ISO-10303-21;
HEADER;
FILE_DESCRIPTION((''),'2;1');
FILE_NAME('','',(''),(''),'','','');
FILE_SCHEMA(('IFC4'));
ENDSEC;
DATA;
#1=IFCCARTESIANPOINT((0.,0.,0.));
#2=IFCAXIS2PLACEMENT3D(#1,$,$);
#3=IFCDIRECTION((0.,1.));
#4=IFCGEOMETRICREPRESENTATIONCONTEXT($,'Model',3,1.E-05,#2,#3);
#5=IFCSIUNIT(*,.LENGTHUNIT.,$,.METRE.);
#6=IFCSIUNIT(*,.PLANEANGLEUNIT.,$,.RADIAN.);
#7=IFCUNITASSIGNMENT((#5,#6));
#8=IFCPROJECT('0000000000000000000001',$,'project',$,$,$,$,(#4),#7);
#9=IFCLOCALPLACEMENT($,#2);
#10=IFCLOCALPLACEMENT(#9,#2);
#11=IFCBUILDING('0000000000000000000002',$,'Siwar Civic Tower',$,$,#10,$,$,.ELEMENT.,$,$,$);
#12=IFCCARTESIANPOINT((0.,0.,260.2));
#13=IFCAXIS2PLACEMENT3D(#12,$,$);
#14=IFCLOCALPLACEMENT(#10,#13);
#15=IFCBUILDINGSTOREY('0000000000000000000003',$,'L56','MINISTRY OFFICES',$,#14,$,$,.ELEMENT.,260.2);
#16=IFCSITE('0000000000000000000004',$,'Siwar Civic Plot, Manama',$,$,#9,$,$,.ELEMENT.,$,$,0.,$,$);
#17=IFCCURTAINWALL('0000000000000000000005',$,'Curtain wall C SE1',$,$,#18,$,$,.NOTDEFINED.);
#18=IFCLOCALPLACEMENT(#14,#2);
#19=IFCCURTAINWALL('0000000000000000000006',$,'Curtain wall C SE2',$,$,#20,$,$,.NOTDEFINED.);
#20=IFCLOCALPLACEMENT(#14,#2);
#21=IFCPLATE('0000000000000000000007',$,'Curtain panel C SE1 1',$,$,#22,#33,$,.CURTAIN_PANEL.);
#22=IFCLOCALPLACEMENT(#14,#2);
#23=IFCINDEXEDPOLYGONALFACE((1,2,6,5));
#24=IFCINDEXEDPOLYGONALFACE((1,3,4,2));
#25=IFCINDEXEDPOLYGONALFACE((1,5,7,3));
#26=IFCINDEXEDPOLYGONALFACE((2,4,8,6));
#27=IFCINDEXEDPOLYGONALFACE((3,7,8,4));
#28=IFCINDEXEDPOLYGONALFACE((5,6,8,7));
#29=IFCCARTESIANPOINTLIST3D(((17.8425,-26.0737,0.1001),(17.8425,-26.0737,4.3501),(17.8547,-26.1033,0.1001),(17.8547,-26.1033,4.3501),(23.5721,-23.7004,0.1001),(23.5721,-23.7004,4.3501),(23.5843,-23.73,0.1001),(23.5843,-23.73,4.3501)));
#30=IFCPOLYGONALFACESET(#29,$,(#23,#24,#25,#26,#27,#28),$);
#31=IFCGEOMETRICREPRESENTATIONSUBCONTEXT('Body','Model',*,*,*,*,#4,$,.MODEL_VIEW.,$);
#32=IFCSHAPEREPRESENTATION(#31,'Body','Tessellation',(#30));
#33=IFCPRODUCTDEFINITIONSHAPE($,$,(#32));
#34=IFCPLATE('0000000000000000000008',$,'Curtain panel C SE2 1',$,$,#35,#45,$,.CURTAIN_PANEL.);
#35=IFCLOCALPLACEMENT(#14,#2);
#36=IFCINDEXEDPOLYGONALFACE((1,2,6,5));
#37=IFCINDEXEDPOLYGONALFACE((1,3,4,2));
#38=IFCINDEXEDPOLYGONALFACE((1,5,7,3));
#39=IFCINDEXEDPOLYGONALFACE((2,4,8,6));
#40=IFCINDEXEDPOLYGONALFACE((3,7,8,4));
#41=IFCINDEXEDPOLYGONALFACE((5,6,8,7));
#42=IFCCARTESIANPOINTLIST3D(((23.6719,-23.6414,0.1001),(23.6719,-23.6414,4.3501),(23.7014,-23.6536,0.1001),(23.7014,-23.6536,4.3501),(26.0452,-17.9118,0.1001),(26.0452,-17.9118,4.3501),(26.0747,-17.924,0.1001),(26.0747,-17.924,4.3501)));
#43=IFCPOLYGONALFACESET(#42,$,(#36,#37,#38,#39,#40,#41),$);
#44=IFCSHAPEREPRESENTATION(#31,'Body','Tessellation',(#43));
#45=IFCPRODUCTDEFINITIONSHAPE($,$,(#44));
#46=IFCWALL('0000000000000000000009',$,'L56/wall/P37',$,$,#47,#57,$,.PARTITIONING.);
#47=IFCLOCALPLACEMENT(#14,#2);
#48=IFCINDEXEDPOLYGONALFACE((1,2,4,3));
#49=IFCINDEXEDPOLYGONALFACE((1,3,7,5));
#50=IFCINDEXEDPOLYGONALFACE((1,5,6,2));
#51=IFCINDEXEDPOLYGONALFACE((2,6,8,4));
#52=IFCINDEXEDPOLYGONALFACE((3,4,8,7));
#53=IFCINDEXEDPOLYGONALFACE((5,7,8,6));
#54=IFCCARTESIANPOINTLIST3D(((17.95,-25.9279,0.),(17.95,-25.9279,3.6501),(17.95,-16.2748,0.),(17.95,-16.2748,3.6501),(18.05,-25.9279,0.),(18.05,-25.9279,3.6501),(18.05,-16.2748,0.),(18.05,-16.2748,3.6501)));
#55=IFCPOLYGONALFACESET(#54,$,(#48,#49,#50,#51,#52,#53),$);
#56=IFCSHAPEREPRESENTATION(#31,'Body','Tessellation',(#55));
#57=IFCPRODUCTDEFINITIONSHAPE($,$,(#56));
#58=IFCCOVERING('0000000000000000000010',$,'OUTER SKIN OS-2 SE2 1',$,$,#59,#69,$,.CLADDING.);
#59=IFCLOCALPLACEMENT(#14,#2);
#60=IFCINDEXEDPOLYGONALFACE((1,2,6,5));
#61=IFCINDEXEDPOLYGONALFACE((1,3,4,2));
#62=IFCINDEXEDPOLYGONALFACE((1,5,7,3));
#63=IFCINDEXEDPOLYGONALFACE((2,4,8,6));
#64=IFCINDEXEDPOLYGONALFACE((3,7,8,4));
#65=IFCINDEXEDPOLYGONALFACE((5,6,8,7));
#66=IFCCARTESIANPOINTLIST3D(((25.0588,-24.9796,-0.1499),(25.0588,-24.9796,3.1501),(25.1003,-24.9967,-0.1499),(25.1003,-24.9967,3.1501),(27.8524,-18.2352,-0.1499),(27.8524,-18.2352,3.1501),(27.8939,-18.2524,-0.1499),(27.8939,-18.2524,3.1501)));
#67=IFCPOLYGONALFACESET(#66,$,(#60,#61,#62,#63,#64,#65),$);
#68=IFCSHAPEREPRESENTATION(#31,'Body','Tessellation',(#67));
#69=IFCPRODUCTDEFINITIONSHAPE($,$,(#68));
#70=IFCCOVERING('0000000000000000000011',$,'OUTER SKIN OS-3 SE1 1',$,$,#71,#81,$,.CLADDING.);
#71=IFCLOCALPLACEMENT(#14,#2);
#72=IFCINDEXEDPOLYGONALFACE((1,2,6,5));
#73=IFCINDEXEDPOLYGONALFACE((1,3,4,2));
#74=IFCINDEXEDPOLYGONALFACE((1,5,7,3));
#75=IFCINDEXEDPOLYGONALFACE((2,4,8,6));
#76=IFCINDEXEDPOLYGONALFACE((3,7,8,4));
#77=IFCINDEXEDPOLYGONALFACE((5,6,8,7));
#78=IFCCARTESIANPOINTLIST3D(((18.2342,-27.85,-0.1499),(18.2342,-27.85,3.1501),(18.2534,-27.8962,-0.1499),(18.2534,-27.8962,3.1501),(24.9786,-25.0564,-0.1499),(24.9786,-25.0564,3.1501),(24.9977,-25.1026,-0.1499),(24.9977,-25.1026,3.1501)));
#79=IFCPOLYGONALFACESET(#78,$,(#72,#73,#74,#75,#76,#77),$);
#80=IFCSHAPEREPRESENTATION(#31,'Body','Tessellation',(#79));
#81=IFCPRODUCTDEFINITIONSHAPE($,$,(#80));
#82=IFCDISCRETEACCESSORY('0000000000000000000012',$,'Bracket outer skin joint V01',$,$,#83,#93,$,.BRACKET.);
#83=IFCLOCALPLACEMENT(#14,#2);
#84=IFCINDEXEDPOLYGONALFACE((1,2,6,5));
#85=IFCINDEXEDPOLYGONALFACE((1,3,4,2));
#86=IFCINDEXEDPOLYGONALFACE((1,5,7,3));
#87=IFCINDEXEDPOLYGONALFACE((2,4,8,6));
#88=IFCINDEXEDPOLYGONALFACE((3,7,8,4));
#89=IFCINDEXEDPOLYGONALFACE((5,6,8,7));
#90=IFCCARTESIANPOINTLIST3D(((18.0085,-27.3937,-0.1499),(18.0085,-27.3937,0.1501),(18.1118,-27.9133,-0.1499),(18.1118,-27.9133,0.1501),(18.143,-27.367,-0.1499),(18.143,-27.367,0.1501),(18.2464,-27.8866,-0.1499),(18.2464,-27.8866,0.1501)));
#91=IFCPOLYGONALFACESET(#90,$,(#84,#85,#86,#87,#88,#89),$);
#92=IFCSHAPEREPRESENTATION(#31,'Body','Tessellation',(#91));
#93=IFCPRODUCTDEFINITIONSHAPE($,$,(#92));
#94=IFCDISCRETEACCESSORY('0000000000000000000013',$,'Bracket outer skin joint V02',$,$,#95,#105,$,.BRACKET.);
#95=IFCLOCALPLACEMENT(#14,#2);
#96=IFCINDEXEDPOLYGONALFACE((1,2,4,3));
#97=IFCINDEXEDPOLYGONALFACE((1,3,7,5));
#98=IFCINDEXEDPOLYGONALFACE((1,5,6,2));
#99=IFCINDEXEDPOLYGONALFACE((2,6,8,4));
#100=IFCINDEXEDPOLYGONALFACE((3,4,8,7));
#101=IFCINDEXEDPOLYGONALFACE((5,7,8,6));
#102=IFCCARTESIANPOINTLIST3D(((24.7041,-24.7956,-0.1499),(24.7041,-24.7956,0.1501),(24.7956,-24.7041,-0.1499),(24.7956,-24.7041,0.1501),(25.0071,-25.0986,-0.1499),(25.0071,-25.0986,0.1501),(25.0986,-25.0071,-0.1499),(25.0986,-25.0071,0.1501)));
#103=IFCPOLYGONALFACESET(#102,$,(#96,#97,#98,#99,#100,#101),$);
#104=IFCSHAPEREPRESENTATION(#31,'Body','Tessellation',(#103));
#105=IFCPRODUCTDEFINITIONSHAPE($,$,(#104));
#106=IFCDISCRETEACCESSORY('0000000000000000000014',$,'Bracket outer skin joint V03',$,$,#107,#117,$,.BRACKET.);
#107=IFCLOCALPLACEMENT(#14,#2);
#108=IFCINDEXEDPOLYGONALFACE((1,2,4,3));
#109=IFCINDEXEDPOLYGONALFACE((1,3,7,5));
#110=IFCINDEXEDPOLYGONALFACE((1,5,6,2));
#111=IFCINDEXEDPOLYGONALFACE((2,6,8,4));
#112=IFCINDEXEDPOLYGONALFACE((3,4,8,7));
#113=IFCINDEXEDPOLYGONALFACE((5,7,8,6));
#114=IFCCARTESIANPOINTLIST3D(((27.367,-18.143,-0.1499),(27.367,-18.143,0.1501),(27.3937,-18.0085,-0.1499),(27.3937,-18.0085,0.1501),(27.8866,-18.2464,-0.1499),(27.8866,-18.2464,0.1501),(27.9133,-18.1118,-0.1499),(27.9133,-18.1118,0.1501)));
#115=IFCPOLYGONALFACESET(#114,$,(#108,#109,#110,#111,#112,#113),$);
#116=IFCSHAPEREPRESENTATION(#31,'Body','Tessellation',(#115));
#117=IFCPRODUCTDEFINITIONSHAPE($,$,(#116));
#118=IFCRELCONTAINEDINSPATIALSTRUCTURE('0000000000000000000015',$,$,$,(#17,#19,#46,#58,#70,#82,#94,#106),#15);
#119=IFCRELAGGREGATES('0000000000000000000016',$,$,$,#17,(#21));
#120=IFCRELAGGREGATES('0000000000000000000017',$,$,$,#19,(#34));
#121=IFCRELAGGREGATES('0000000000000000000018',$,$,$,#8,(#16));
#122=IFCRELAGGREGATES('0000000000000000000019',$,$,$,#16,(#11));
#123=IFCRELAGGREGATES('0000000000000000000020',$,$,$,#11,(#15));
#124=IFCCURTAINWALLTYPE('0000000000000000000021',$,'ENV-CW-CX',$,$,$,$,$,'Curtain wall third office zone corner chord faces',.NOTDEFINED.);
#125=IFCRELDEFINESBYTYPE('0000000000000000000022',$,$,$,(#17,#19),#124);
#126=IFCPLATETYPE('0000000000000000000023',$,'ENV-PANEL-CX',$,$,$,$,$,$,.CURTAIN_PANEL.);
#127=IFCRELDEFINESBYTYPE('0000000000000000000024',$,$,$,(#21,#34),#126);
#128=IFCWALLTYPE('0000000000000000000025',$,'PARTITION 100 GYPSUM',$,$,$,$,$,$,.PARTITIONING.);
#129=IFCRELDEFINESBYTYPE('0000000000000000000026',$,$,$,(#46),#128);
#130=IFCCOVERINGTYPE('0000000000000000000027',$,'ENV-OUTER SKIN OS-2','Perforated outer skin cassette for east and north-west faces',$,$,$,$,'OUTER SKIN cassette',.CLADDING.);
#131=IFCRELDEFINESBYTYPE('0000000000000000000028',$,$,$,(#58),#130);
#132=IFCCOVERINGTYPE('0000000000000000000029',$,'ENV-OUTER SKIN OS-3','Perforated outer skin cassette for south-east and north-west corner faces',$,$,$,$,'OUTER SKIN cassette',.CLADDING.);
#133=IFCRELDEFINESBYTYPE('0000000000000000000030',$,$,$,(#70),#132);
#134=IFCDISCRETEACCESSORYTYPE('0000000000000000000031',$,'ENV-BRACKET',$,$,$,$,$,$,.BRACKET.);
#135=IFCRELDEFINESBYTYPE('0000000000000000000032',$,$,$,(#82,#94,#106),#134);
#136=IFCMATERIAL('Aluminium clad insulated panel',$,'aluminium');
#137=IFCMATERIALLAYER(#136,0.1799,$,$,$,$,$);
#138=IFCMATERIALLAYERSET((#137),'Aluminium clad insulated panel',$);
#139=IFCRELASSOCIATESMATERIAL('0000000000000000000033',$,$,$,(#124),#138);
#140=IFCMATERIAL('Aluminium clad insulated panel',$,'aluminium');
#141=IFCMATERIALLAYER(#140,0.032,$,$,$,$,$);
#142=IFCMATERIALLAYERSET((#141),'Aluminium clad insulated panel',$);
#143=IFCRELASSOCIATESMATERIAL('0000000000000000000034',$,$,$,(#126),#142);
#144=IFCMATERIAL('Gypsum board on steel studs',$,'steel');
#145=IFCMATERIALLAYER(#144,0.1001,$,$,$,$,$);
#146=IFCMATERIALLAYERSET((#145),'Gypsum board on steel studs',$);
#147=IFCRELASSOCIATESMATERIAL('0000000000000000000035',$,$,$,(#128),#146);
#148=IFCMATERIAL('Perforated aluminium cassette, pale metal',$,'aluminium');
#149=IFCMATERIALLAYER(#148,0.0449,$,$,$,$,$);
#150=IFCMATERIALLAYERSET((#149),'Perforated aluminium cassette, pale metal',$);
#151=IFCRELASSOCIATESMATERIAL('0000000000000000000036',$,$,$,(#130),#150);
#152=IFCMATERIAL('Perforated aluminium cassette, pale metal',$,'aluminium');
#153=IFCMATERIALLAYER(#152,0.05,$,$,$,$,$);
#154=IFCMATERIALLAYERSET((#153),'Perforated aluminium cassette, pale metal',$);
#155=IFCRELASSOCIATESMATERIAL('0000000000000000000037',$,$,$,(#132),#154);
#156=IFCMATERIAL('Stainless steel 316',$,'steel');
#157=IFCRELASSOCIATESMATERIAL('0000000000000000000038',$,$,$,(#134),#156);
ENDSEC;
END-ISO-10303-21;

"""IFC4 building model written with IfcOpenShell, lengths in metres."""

from ifc_helpers import new_model, si_unit, direction, frame, frame_2d, origin, origin_2d, place, context, subcontext, project, spatial, rectangle, extrude, material, layer, layer_set, type_object, element, aggregate, save


model = new_model("IFC4")

# Units and contexts
model_context = context("Model", 3, precision=1e-05, world=origin(), true_north=direction((0.0, 1.0)))
body_context = subcontext(model_context, "Body", "Model", "MODEL_VIEW")
ifc_project = project(units=[si_unit("LENGTHUNIT", "METRE"), si_unit("PLANEANGLEUNIT", "RADIAN")], contexts=[model_context])

# Site, building, storey
site_placement = place(None, origin())
site = spatial("IfcSite", under=ifc_project, at=site_placement, Name="Siwar Civic Plot, Manama", CompositionType="ELEMENT", RefElevation=0.0)
building_placement = place(site_placement, origin())
building = spatial("IfcBuilding", under=site, at=building_placement, Name="Siwar Civic Tower", CompositionType="ELEMENT")
storey_placement = place(building_placement, frame((0.0, 0.0, 260.2)))
storey = spatial("IfcBuildingStorey", under=building, at=storey_placement, Name="L56", Description="MINISTRY OFFICES", CompositionType="ELEMENT", Elevation=260.2)

# Curtain walls
ifc_material_1 = material(Name="Aluminium clad insulated panel", Category="aluminium")
ifc_layer_1 = layer(ifc_material_1, 0.1799)
ifc_layer_set_1 = layer_set([ifc_layer_1], Name="Aluminium clad insulated panel")
curtain_wall_type = type_object("IfcCurtainWallType", Name="ENV-CW-CX", ElementType="Curtain wall third office zone corner chord faces", PredefinedType="NOTDEFINED", material=ifc_layer_set_1)
curtain_wall_1_placement = place(storey_placement, origin())
curtain_wall_1 = element("IfcCurtainWall", 1, at=curtain_wall_1_placement, inside=storey, type_object=curtain_wall_type, Name="Curtain wall C SE1", PredefinedType="NOTDEFINED")
curtain_wall_2_placement = place(storey_placement, origin())
curtain_wall_2 = element("IfcCurtainWall", 2, at=curtain_wall_2_placement, inside=storey, type_object=curtain_wall_type, Name="Curtain wall C SE2", PredefinedType="NOTDEFINED")

# Plates
ifc_material_2 = material(Name="Aluminium clad insulated panel", Category="aluminium")
ifc_layer_2 = layer(ifc_material_2, 0.032)
ifc_layer_set_2 = layer_set([ifc_layer_2], Name="Aluminium clad insulated panel")
plate_type = type_object("IfcPlateType", Name="ENV-PANEL-CX", PredefinedType="CURTAIN_PANEL", material=ifc_layer_set_2)
plate_1_placement = place(storey_placement, frame((20.7134, -24.9019, 0.1001), z_axis=(0.0, 0.0, 1.0), x_axis=(0.92388, 0.382683, 0.0)))
plate_1 = element("IfcPlate", 3, at=plate_1_placement, type_object=plate_type, Name="Curtain panel C SE1 1", PredefinedType="CURTAIN_PANEL", context=body_context, shape_type="SweptSolid", body=[
    extrude(rectangle(XDim=6.2017, YDim=0.032, at=origin_2d()), origin(), (0.0, 0.0, 1.0), 4.25),
])
aggregate(curtain_wall_1, [plate_1])
plate_2_placement = place(storey_placement, frame((24.8733, -20.7827, 0.1001), z_axis=(0.0, 0.0, 1.0), x_axis=(0.382683, 0.92388, 0.0)))
plate_2 = element("IfcPlate", 4, at=plate_2_placement, type_object=plate_type, Name="Curtain panel C SE2 1", PredefinedType="CURTAIN_PANEL", context=body_context, shape_type="SweptSolid", body=[
    extrude(rectangle(XDim=6.2017, YDim=0.032, at=origin_2d()), origin(), (0.0, 0.0, 1.0), 4.25),
])
aggregate(curtain_wall_2, [plate_2])

# Wall
ifc_material_3 = material(Name="Gypsum board on steel studs", Category="steel")
ifc_layer_3 = layer(ifc_material_3, 0.1001)
ifc_layer_set_3 = layer_set([ifc_layer_3], Name="Gypsum board on steel studs")
wall_type = type_object("IfcWallType", Name="PARTITION 100 GYPSUM", PredefinedType="PARTITIONING", material=ifc_layer_set_3)
wall_placement = place(storey_placement, frame((18.0, -25.928, 0.0), z_axis=(0.0, 0.0, 1.0), x_axis=(0.0, 1.0, 0.0)))
element("IfcWall", 5, at=wall_placement, inside=storey, type_object=wall_type, Name="L56/wall/P37", PredefinedType="PARTITIONING", context=body_context, shape_type="SweptSolid", body=[
    extrude(rectangle(XDim=9.6531, YDim=0.1001, at=frame_2d((4.8267, 0.0))), origin(), (0.0, 0.0, 1.0), 3.6501),
])

# Coverings
ifc_material_4 = material(Name="Perforated aluminium cassette, pale metal", Category="aluminium")
ifc_layer_4 = layer(ifc_material_4, 0.0449)
ifc_layer_set_4 = layer_set([ifc_layer_4], Name="Perforated aluminium cassette, pale metal")
covering_type_1 = type_object("IfcCoveringType", Name="ENV-OUTER SKIN OS-2", Description="Perforated outer skin cassette for east and north-west faces", ElementType="OUTER SKIN cassette", PredefinedType="CLADDING", material=ifc_layer_set_4)
covering_1_placement = place(storey_placement, frame((26.4763, -21.616, -0.1499), z_axis=(0.0, 0.0, 1.0), x_axis=(0.382683, 0.92388, 0.0)))
element("IfcCovering", 6, at=covering_1_placement, inside=storey, type_object=covering_type_1, Name="OUTER SKIN OS-2 SE2 1", PredefinedType="CLADDING", context=body_context, shape_type="SweptSolid", body=[
    extrude(rectangle(XDim=7.3, YDim=0.0449, at=origin_2d()), origin(), (0.0, 0.0, 1.0), 3.3),
])
ifc_material_5 = material(Name="Perforated aluminium cassette, pale metal", Category="aluminium")
ifc_layer_5 = layer(ifc_material_5, 0.05)
ifc_layer_set_5 = layer_set([ifc_layer_5], Name="Perforated aluminium cassette, pale metal")
covering_type_2 = type_object("IfcCoveringType", Name="ENV-OUTER SKIN OS-3", Description="Perforated outer skin cassette for south-east and north-west corner faces", ElementType="OUTER SKIN cassette", PredefinedType="CLADDING", material=ifc_layer_set_5)
covering_2_placement = place(storey_placement, frame((21.616, -26.4763, -0.1499), z_axis=(0.0, 0.0, 1.0), x_axis=(0.92388, 0.382683, 0.0)))
element("IfcCovering", 7, at=covering_2_placement, inside=storey, type_object=covering_type_2, Name="OUTER SKIN OS-3 SE1 1", PredefinedType="CLADDING", context=body_context, shape_type="SweptSolid", body=[
    extrude(rectangle(XDim=7.3, YDim=0.05, at=origin_2d()), origin(), (0.0, 0.0, 1.0), 3.3),
])

# Discrete accessories
ifc_material_6 = material(Name="Stainless steel 316", Category="steel")
discrete_accessory_type = type_object("IfcDiscreteAccessoryType", Name="ENV-BRACKET", PredefinedType="BRACKET", material=ifc_material_6)
discrete_accessory_1_placement = place(storey_placement, frame((18.1274, -27.6401, -0.1499), z_axis=(0.0, 0.0, 1.0), x_axis=(0.19509, -0.980785, 0.0)))
element("IfcDiscreteAccessory", 8, at=discrete_accessory_1_placement, inside=storey, type_object=discrete_accessory_type, Name="Bracket outer skin joint V01", PredefinedType="BRACKET", context=body_context, shape_type="SweptSolid", body=[
    extrude(rectangle(XDim=0.5298, YDim=0.1372, at=origin_2d()), origin(), (0.0, 0.0, 1.0), 0.3),
])
discrete_accessory_2_placement = place(storey_placement, frame((24.9014, -24.9014, -0.1499), z_axis=(0.0, 0.0, 1.0), x_axis=(0.707107, -0.707107, 0.0)))
element("IfcDiscreteAccessory", 9, at=discrete_accessory_2_placement, inside=storey, type_object=discrete_accessory_type, Name="Bracket outer skin joint V02", PredefinedType="BRACKET", context=body_context, shape_type="SweptSolid", body=[
    extrude(rectangle(XDim=0.4285, YDim=0.1294, at=origin_2d()), origin(), (0.0, 0.0, 1.0), 0.3),
])
discrete_accessory_3_placement = place(storey_placement, frame((27.6401, -18.1274, -0.1499), z_axis=(0.0, 0.0, 1.0), x_axis=(0.980785, -0.19509, 0.0)))
element("IfcDiscreteAccessory", 10, at=discrete_accessory_3_placement, inside=storey, type_object=discrete_accessory_type, Name="Bracket outer skin joint V03", PredefinedType="BRACKET", context=body_context, shape_type="SweptSolid", body=[
    extrude(rectangle(XDim=0.5298, YDim=0.1372, at=origin_2d()), origin(), (0.0, 0.0, 1.0), 0.3),
])

save(model, "model.ifc")
